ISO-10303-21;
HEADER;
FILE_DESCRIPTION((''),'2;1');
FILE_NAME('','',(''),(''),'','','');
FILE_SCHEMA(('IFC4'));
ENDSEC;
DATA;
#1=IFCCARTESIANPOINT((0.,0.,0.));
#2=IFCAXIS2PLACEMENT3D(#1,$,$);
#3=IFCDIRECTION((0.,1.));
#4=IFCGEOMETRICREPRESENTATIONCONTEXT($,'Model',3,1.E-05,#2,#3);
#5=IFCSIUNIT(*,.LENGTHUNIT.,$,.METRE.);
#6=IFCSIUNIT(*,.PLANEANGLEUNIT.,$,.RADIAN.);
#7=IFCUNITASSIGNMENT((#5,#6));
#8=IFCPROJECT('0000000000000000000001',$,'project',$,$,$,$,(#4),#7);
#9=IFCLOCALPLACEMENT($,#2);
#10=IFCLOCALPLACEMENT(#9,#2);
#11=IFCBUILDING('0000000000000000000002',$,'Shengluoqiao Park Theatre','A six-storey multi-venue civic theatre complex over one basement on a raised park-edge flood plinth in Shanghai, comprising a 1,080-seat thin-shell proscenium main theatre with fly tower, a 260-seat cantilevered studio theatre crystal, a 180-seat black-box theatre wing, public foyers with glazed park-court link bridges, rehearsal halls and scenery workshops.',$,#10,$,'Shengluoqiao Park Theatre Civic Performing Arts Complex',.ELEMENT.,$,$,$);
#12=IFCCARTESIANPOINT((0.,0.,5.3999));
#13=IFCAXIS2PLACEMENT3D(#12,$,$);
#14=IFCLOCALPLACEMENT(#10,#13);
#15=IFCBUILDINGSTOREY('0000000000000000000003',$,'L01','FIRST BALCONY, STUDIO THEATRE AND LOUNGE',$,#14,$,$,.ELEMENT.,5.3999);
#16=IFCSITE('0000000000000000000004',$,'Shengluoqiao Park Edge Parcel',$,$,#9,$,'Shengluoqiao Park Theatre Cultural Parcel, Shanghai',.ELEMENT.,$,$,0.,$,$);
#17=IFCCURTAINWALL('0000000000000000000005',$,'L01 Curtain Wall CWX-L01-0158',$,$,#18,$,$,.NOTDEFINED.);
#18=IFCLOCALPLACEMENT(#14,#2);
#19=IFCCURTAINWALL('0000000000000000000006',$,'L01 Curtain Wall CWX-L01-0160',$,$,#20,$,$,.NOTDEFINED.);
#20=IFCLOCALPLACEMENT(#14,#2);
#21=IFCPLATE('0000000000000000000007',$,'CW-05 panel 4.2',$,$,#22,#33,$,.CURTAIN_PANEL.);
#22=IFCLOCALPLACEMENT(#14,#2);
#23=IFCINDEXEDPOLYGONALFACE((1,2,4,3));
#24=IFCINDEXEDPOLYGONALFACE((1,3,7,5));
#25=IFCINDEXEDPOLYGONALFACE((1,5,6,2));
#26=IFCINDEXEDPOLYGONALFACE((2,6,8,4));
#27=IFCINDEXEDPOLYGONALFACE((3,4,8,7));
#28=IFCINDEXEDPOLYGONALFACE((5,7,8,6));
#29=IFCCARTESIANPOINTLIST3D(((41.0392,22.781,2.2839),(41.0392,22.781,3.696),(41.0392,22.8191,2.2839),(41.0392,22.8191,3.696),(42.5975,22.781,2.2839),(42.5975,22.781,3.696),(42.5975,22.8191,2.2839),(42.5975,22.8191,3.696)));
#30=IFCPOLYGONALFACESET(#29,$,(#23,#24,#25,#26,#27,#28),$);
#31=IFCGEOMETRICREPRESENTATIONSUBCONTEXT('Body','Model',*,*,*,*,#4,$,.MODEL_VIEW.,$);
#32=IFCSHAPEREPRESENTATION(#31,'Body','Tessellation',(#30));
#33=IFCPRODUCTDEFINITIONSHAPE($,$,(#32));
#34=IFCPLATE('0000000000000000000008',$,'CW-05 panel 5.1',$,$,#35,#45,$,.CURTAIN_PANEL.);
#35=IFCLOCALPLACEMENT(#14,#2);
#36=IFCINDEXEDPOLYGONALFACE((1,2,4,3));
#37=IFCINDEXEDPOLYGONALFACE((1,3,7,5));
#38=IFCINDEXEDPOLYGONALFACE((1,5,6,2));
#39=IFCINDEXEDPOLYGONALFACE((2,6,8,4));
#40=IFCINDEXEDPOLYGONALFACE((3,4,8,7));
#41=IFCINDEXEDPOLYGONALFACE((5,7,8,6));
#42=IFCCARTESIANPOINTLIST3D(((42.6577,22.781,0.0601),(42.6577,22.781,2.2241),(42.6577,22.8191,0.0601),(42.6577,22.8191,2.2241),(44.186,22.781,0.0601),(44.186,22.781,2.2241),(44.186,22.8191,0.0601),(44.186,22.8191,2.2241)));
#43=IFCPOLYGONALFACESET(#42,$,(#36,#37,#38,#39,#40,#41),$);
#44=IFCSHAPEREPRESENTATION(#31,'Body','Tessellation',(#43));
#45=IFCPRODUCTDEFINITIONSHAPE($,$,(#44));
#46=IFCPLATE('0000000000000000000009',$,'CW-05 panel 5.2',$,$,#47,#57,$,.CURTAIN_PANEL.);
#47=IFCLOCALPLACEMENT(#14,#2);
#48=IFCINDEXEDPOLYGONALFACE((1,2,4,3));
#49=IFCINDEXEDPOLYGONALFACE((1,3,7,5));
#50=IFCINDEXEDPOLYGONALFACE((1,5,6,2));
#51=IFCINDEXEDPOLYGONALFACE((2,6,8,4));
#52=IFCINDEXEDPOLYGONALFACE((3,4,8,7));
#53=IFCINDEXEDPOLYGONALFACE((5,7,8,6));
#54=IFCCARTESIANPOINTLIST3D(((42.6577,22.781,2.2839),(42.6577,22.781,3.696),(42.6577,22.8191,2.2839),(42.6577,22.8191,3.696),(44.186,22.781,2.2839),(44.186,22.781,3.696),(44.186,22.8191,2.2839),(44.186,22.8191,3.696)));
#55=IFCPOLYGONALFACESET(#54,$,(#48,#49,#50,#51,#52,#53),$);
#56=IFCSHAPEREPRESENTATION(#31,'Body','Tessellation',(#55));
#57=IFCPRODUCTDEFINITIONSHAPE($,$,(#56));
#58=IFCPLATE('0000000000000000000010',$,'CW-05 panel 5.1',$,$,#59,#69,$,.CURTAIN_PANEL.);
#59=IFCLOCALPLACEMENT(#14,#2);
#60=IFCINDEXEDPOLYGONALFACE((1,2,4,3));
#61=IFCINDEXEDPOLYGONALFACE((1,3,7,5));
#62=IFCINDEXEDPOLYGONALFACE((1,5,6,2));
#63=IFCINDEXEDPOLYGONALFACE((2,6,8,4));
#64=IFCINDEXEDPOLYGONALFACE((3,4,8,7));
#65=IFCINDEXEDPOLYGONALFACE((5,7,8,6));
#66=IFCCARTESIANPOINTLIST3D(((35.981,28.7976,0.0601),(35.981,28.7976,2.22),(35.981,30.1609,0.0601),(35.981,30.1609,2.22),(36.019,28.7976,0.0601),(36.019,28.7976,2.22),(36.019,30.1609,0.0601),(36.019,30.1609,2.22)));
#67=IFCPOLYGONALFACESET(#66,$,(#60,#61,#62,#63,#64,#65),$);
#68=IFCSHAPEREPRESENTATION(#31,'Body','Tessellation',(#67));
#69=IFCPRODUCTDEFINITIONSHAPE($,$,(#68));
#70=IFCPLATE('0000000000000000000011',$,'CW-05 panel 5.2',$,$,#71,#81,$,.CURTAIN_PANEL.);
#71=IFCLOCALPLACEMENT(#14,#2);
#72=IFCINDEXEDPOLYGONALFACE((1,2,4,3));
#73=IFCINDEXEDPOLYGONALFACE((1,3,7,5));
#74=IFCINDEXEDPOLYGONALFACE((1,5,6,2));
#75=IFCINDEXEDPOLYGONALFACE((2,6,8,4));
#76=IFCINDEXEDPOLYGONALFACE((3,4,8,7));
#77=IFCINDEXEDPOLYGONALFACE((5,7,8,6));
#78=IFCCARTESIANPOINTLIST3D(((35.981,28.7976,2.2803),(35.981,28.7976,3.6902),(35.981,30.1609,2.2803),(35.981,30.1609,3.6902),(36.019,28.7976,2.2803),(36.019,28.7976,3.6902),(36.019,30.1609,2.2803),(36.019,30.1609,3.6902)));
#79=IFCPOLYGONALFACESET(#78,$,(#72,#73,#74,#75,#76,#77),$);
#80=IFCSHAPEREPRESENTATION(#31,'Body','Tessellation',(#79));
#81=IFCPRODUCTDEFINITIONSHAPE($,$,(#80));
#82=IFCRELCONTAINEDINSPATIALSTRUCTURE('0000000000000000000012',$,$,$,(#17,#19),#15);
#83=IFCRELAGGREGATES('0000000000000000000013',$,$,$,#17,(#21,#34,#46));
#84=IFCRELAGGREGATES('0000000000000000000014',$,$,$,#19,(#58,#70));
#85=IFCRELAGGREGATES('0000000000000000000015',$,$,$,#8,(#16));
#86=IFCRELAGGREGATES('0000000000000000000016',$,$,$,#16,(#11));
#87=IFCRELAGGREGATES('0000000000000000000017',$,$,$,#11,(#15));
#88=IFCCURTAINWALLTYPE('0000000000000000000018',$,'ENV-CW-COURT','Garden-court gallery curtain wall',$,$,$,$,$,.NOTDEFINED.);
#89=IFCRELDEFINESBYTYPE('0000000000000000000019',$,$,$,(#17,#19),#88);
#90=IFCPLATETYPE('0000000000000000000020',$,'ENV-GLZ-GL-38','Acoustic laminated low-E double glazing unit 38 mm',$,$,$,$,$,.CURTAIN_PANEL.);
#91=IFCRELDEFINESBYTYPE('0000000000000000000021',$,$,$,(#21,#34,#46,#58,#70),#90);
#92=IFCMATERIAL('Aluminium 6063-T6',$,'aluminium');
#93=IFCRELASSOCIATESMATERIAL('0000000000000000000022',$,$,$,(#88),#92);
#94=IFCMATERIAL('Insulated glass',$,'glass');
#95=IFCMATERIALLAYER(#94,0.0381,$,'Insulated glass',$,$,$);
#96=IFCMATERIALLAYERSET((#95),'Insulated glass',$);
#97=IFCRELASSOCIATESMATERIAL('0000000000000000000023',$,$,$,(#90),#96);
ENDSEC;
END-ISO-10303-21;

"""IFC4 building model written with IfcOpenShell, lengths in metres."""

from ifc_helpers import new_model, si_unit, direction, frame, origin, origin_2d, place, context, subcontext, project, spatial, rectangle, extrude, material, layer, layer_set, type_object, element, aggregate, save


model = new_model("IFC4")

# Units and contexts
model_context = context("Model", 3, precision=1e-05, world=origin(), true_north=direction((0.0, 1.0)))
body_context = subcontext(model_context, "Body", "Model", "MODEL_VIEW")
ifc_project = project(units=[si_unit("LENGTHUNIT", "METRE"), si_unit("PLANEANGLEUNIT", "RADIAN")], contexts=[model_context])

# Site, building, storey
site_placement = place(None, origin())
site = spatial("IfcSite", under=ifc_project, at=site_placement, Name="Shengluoqiao Park Edge Parcel", LongName="Shengluoqiao Park Theatre Cultural Parcel, Shanghai", CompositionType="ELEMENT", RefElevation=0.0)
building_placement = place(site_placement, origin())
building = spatial("IfcBuilding", under=site, at=building_placement, Name="Shengluoqiao Park Theatre", Description="A six-storey multi-venue civic theatre complex over one basement on a raised park-edge flood plinth in Shanghai, comprising a 1,080-seat thin-shell proscenium main theatre with fly tower, a 260-seat cantilevered studio theatre crystal, a 180-seat black-box theatre wing, public foyers with glazed park-court link bridges, rehearsal halls and scenery workshops.", LongName="Shengluoqiao Park Theatre Civic Performing Arts Complex", CompositionType="ELEMENT")
storey_placement = place(building_placement, frame((0.0, 0.0, 5.3999)))
storey = spatial("IfcBuildingStorey", under=building, at=storey_placement, Name="L01", Description="FIRST BALCONY, STUDIO THEATRE AND LOUNGE", CompositionType="ELEMENT", Elevation=5.3999)

# Curtain wall
ifc_material_1 = material(Name="Aluminium 6063-T6", Category="aluminium")
curtain_wall_type = type_object("IfcCurtainWallType", Name="ENV-CW-COURT", Description="Garden-court gallery curtain wall", PredefinedType="NOTDEFINED", material=ifc_material_1)
curtain_wall_1_placement = place(storey_placement, origin())
curtain_wall_1 = element("IfcCurtainWall", 1, at=curtain_wall_1_placement, inside=storey, type_object=curtain_wall_type, Name="L01 Curtain Wall CWX-L01-0158", PredefinedType="NOTDEFINED")

# Curtain wall
curtain_wall_2_placement = place(storey_placement, origin())
curtain_wall_2 = element("IfcCurtainWall", 2, at=curtain_wall_2_placement, inside=storey, type_object=curtain_wall_type, Name="L01 Curtain Wall CWX-L01-0160", PredefinedType="NOTDEFINED")

# Plates
ifc_material_2 = material(Name="Insulated glass", Category="glass")
ifc_layer = layer(ifc_material_2, 0.0381, Name="Insulated glass")
ifc_layer_set = layer_set([ifc_layer], Name="Insulated glass")
plate_type = type_object("IfcPlateType", Name="ENV-GLZ-GL-38", Description="Acoustic laminated low-E double glazing unit 38 mm", PredefinedType="CURTAIN_PANEL", material=ifc_layer_set)
plate_1_placement = place(storey_placement, frame((41.8184, 22.8, 2.2839), z_axis=(0.0, 0.0, 1.0), x_axis=(1.0, 0.0, 0.0)))
plate_1 = element("IfcPlate", 3, at=plate_1_placement, type_object=plate_type, Name="CW-05 panel 4.2", PredefinedType="CURTAIN_PANEL", context=body_context, shape_type="SweptSolid", body=[
    extrude(rectangle(XDim=1.5583, YDim=0.0381, at=origin_2d()), origin(), (0.0, 0.0, 1.0), 1.4121),
])
plate_2_placement = place(storey_placement, frame((43.4219, 22.8, 0.0601), z_axis=(0.0, 0.0, 1.0), x_axis=(1.0, 0.0, 0.0)))
plate_2 = element("IfcPlate", 4, at=plate_2_placement, type_object=plate_type, Name="CW-05 panel 5.1", PredefinedType="CURTAIN_PANEL", context=body_context, shape_type="SweptSolid", body=[
    extrude(rectangle(XDim=1.5283, YDim=0.0381, at=origin_2d()), origin(), (0.0, 0.0, 1.0), 2.1641),
])
plate_3_placement = place(storey_placement, frame((43.4219, 22.8, 2.2839), z_axis=(0.0, 0.0, 1.0), x_axis=(1.0, 0.0, 0.0)))
plate_3 = element("IfcPlate", 5, at=plate_3_placement, type_object=plate_type, Name="CW-05 panel 5.2", PredefinedType="CURTAIN_PANEL", context=body_context, shape_type="SweptSolid", body=[
    extrude(rectangle(XDim=1.5283, YDim=0.0381, at=origin_2d()), origin(), (0.0, 0.0, 1.0), 1.4121),
])
aggregate(curtain_wall_1, [plate_1, plate_2, plate_3])
plate_4_placement = place(storey_placement, frame((36.0, 29.4792, 0.0601), z_axis=(0.0, 0.0, 1.0), x_axis=(0.0, 1.0, 0.0)))
plate_4 = element("IfcPlate", 6, at=plate_4_placement, type_object=plate_type, Name="CW-05 panel 5.1", PredefinedType="CURTAIN_PANEL", context=body_context, shape_type="SweptSolid", body=[
    extrude(rectangle(XDim=1.3633, YDim=0.0381, at=origin_2d()), origin(), (0.0, 0.0, 1.0), 2.1599),
])
plate_5_placement = place(storey_placement, frame((36.0, 29.4792, 2.2803), z_axis=(0.0, 0.0, 1.0), x_axis=(0.0, 1.0, 0.0)))
plate_5 = element("IfcPlate", 7, at=plate_5_placement, type_object=plate_type, Name="CW-05 panel 5.2", PredefinedType="CURTAIN_PANEL", context=body_context, shape_type="SweptSolid", body=[
    extrude(rectangle(XDim=1.3633, YDim=0.0381, at=origin_2d()), origin(), (0.0, 0.0, 1.0), 1.4099),
])
aggregate(curtain_wall_2, [plate_4, plate_5])

save(model, "model.ifc")
